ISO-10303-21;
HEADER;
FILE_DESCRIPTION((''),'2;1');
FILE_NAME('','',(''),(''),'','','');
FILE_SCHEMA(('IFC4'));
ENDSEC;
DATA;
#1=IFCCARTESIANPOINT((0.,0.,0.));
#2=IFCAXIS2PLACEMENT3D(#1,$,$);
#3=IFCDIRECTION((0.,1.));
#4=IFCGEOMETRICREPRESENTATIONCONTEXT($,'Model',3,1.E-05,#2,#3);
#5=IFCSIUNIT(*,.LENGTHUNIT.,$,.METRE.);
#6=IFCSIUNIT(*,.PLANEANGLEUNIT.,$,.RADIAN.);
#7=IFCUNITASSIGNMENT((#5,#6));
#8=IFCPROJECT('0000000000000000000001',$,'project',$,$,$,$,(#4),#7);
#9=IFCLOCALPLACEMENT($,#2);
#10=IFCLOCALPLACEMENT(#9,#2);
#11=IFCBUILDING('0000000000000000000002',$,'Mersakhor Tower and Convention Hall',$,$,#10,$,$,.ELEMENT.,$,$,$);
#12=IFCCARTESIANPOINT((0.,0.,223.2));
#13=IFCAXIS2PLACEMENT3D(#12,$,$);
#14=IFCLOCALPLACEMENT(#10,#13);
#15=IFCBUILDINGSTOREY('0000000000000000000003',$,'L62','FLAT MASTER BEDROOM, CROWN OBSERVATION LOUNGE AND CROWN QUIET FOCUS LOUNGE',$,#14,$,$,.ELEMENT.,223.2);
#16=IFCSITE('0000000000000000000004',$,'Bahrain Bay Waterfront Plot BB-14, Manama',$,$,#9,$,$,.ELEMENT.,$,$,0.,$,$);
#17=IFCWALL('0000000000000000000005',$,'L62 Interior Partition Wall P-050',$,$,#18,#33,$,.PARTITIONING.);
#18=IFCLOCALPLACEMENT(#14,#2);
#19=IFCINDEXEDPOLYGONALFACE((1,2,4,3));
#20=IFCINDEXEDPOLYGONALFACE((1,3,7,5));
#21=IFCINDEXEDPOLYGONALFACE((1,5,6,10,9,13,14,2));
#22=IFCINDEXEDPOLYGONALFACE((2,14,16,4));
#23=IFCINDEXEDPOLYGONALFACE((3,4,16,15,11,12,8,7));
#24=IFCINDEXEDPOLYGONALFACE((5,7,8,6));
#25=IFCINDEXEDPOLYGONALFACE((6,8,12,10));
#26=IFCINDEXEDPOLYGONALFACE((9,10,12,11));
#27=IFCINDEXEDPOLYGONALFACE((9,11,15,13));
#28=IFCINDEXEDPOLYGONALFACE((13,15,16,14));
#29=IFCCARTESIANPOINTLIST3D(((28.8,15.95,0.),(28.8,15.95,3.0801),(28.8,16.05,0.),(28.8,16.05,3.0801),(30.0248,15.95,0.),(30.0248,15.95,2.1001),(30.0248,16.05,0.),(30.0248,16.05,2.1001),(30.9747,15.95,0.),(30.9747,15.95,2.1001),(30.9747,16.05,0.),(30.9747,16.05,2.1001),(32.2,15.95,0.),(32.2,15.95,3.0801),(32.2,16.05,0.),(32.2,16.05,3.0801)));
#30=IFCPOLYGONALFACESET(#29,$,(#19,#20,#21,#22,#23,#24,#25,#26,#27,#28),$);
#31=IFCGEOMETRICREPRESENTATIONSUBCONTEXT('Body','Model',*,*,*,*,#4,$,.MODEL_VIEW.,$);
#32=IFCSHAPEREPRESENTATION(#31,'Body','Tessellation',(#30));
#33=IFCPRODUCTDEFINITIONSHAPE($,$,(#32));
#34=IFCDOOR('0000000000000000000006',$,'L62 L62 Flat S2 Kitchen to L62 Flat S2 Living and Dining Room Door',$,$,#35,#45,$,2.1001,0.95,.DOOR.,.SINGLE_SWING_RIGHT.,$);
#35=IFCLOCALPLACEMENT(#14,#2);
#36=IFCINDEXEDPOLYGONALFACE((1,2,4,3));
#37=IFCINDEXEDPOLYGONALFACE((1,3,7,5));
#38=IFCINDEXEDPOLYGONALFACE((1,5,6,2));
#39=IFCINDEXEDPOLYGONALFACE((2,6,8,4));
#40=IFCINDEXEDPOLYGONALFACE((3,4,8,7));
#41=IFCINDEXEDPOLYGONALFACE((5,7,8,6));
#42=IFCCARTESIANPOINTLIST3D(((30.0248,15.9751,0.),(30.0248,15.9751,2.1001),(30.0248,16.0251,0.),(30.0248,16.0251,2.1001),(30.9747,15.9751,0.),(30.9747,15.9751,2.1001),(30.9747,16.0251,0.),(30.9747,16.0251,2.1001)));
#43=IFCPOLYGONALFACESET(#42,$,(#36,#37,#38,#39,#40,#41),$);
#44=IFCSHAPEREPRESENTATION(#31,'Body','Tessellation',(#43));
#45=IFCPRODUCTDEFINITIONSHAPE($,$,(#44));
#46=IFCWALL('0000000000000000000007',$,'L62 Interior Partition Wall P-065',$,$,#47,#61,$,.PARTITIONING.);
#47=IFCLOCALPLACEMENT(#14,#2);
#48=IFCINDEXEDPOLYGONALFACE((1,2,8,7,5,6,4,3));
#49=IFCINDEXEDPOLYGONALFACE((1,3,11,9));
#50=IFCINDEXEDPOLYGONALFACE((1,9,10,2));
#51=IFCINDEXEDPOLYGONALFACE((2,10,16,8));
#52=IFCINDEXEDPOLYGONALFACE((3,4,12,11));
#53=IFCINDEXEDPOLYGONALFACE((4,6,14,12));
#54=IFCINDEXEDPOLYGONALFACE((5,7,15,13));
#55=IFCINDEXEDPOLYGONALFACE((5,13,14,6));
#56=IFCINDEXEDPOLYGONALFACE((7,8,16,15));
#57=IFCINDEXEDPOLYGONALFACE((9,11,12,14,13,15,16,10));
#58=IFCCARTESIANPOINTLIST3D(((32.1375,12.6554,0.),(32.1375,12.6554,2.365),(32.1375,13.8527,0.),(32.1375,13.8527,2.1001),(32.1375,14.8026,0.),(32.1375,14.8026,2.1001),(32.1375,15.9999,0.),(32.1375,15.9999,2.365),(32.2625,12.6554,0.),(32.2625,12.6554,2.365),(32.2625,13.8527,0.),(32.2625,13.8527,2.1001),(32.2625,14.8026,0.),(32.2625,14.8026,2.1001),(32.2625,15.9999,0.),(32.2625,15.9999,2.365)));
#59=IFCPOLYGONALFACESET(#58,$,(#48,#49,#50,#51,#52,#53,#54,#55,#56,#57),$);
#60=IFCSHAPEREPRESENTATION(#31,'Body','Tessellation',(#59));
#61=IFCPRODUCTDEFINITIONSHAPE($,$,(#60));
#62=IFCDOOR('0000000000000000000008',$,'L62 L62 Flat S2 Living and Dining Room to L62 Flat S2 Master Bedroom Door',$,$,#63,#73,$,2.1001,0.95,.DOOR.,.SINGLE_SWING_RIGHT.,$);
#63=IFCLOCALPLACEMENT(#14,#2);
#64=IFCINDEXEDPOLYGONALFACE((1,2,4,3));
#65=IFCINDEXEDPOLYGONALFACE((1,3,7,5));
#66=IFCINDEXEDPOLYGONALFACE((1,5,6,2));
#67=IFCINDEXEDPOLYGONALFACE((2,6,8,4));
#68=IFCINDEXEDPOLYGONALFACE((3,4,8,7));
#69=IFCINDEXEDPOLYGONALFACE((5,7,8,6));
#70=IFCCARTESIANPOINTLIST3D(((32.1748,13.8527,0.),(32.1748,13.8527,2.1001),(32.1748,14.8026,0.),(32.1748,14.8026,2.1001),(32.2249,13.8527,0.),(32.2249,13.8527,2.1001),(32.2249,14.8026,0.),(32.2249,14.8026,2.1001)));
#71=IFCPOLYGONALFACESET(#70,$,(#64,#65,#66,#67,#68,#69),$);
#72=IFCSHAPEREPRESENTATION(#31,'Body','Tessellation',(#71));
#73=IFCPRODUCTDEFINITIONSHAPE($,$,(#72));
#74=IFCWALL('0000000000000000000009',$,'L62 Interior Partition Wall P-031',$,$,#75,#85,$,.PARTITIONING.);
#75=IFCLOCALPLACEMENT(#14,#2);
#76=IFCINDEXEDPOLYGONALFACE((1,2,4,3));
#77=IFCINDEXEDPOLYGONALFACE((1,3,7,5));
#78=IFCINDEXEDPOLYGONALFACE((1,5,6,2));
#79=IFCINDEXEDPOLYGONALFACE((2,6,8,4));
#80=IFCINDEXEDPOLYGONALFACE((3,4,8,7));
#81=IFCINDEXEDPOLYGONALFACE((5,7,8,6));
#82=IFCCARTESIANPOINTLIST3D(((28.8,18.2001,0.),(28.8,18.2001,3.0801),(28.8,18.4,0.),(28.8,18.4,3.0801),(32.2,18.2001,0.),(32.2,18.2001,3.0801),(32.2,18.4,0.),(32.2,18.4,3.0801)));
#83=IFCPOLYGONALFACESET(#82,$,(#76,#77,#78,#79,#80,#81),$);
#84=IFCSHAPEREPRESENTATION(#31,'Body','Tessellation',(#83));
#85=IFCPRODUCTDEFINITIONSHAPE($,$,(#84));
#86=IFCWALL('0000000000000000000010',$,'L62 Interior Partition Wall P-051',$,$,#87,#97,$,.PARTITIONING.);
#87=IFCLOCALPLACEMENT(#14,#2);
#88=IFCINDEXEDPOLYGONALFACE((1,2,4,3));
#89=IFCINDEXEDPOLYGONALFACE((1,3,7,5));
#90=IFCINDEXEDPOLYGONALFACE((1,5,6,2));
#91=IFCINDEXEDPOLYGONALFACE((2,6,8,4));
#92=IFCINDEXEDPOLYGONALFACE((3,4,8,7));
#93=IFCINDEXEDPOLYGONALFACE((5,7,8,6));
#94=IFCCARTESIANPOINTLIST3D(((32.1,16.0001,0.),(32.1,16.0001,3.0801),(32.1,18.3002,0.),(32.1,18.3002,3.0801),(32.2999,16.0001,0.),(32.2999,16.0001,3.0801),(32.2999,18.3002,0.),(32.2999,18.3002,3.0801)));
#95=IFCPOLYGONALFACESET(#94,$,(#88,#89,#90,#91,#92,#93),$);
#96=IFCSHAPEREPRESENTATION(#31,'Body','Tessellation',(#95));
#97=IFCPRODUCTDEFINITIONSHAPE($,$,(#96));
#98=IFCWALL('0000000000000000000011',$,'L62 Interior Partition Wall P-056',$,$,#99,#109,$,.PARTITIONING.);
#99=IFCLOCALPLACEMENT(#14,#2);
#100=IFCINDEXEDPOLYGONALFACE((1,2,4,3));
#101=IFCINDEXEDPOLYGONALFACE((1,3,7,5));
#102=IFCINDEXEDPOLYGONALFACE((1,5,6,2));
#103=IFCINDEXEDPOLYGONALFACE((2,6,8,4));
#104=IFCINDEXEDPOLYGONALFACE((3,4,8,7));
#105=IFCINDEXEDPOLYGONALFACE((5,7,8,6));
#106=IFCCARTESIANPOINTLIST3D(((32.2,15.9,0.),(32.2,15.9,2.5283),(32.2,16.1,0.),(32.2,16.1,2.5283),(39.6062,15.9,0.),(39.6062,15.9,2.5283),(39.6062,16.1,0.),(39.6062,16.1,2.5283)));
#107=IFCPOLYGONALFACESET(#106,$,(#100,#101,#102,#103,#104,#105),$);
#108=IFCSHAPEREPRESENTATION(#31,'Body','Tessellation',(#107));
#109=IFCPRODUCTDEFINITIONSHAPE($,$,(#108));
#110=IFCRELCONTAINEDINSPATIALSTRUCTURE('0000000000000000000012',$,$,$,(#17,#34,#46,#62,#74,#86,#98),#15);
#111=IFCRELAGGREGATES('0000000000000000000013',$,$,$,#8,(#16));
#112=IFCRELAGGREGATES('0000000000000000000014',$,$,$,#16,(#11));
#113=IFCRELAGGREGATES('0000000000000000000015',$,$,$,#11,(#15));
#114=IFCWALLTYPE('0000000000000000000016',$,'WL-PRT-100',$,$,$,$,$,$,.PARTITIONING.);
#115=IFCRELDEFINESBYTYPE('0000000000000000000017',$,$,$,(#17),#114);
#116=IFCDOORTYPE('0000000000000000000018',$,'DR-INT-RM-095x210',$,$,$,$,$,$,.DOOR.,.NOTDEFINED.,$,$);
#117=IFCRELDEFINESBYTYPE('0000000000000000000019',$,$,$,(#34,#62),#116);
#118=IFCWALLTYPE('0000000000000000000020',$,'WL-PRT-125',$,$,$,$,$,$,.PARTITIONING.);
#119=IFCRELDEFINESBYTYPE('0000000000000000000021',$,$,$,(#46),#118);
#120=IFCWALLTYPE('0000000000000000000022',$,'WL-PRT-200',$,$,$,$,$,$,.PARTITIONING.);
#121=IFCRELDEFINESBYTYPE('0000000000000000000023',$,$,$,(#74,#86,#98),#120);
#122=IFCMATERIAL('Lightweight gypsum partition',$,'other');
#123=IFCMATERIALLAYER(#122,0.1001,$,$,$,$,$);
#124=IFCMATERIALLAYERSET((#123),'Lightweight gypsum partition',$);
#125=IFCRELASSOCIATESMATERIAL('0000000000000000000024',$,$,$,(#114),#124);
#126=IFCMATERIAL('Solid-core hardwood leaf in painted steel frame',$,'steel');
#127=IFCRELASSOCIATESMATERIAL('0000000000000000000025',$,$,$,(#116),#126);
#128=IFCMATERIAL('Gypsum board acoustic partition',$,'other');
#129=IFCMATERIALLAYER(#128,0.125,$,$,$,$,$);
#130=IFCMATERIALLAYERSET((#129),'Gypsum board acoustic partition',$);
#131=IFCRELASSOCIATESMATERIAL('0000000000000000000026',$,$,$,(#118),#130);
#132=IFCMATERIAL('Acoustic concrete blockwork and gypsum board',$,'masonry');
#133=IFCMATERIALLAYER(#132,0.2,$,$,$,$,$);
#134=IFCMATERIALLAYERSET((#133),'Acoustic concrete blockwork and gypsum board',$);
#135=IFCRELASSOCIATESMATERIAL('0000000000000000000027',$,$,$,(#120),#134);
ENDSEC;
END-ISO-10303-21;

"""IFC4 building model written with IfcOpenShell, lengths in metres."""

from ifc_helpers import new_model, si_unit, direction, frame, frame_2d, origin, place, context, subcontext, project, spatial, rectangle, extrude, material, layer, layer_set, type_object, element, fill, save


model = new_model("IFC4")

# Units and contexts
model_context = context("Model", 3, precision=1e-05, world=origin(), true_north=direction((0.0, 1.0)))
body_context = subcontext(model_context, "Body", "Model", "MODEL_VIEW")
ifc_project = project(units=[si_unit("LENGTHUNIT", "METRE"), si_unit("PLANEANGLEUNIT", "RADIAN")], contexts=[model_context])

# Site, building, storey
site_placement = place(None, origin())
site = spatial("IfcSite", under=ifc_project, at=site_placement, Name="Bahrain Bay Waterfront Plot BB-14, Manama", CompositionType="ELEMENT", RefElevation=0.0)
building_placement = place(site_placement, origin())
building = spatial("IfcBuilding", under=site, at=building_placement, Name="Mersakhor Tower and Convention Hall", CompositionType="ELEMENT")
storey_placement = place(building_placement, frame((0.0, 0.0, 223.2)))
storey = spatial("IfcBuildingStorey", under=building, at=storey_placement, Name="L62", Description="FLAT MASTER BEDROOM, CROWN OBSERVATION LOUNGE AND CROWN QUIET FOCUS LOUNGE", CompositionType="ELEMENT", Elevation=223.2)

# Walls, openings, doors
ifc_material_1 = material(Name="Lightweight gypsum partition", Category="other")
ifc_layer_1 = layer(ifc_material_1, 0.1001)
ifc_layer_set_1 = layer_set([ifc_layer_1], Name="Lightweight gypsum partition")
wall_type_1 = type_object("IfcWallType", Name="WL-PRT-100", PredefinedType="PARTITIONING", material=ifc_layer_set_1)
wall_1_placement = place(storey_placement, frame((32.2, 16.0, 0.0), z_axis=(0.0, 0.0, 1.0), x_axis=(-1.0, 0.0, 0.0)))
wall_1 = element("IfcWall", 1, at=wall_1_placement, inside=storey, type_object=wall_type_1, Name="L62 Interior Partition Wall P-050", PredefinedType="PARTITIONING", context=body_context, shape_type="SweptSolid", body=[
    extrude(rectangle(XDim=3.3999, YDim=0.1001, at=frame_2d((1.7, 0.0))), origin(), (0.0, 0.0, 1.0), 3.0801),
])
opening_1_placement = place(wall_1_placement, frame((1.2251, 0.0, 0.0)))
opening_1 = element("IfcOpeningElement", 2, at=opening_1_placement, cuts=wall_1, PredefinedType="OPENING", context=body_context, shape_type="SweptSolid", body=[
    extrude(rectangle(XDim=0.95, YDim=2.1001, at=frame_2d((0.4751, 1.05))), frame((0.0, 0.0601, 0.0), z_axis=(0.0, -1.0, 0.0), x_axis=(1.0, 0.0, 0.0)), (0.0, 0.0, 1.0), 0.1201),
])
ifc_material_2 = material(Name="Solid-core hardwood leaf in painted steel frame", Category="steel")
door_type_1 = type_object("IfcDoorType", Name="DR-INT-RM-095x210", OperationType="NOTDEFINED", PredefinedType="DOOR", material=ifc_material_2)
door_1_placement = place(opening_1_placement, origin())
door_1 = element("IfcDoor", 3, at=door_1_placement, inside=storey, type_object=door_type_1, Name="L62 L62 Flat S2 Kitchen to L62 Flat S2 Living and Dining Room Door", OperationType="SINGLE_SWING_RIGHT", OverallHeight=2.1001, OverallWidth=0.95, PredefinedType="DOOR", context=body_context, shape_type="SweptSolid", body=[
    extrude(rectangle(XDim=0.95, YDim=2.1001, at=frame_2d((0.4751, 1.05))), frame((0.0, 0.0249, 0.0), z_axis=(0.0, -1.0, 0.0), x_axis=(1.0, 0.0, 0.0)), (0.0, 0.0, 1.0), 0.05),
])
fill(opening_1, door_1)
ifc_material_3 = material(Name="Gypsum board acoustic partition", Category="other")
ifc_layer_2 = layer(ifc_material_3, 0.125)
ifc_layer_set_2 = layer_set([ifc_layer_2], Name="Gypsum board acoustic partition")
wall_type_2 = type_object("IfcWallType", Name="WL-PRT-125", PredefinedType="PARTITIONING", material=ifc_layer_set_2)
wall_2_placement = place(storey_placement, frame((32.2, 16.0, 0.0), z_axis=(0.0, 0.0, 1.0), x_axis=(0.0, -1.0, 0.0)))
wall_2 = element("IfcWall", 4, at=wall_2_placement, inside=storey, type_object=wall_type_2, Name="L62 Interior Partition Wall P-065", PredefinedType="PARTITIONING", context=body_context, shape_type="SweptSolid", body=[
    extrude(rectangle(XDim=3.3445, YDim=0.125, at=frame_2d((1.6724, 0.0))), origin(), (0.0, 0.0, 1.0), 2.365),
])
opening_2_placement = place(wall_2_placement, frame((1.1973, 0.0, 0.0)))
opening_2 = element("IfcOpeningElement", 5, at=opening_2_placement, cuts=wall_2, PredefinedType="OPENING", context=body_context, shape_type="SweptSolid", body=[
    extrude(rectangle(XDim=0.95, YDim=2.1001, at=frame_2d((0.4751, 1.05))), frame((0.0, 0.0725, 0.0), z_axis=(0.0, -1.0, 0.0), x_axis=(1.0, 0.0, 0.0)), (0.0, 0.0, 1.0), 0.145),
])
door_2_placement = place(opening_2_placement, origin())
door_2 = element("IfcDoor", 6, at=door_2_placement, inside=storey, type_object=door_type_1, Name="L62 L62 Flat S2 Living and Dining Room to L62 Flat S2 Master Bedroom Door", OperationType="SINGLE_SWING_RIGHT", OverallHeight=2.1001, OverallWidth=0.95, PredefinedType="DOOR", context=body_context, shape_type="SweptSolid", body=[
    extrude(rectangle(XDim=0.95, YDim=2.1001, at=frame_2d((0.4751, 1.05))), frame((0.0, 0.0249, 0.0), z_axis=(0.0, -1.0, 0.0), x_axis=(1.0, 0.0, 0.0)), (0.0, 0.0, 1.0), 0.05),
])
fill(opening_2, door_2)
ifc_material_4 = material(Name="Acoustic concrete blockwork and gypsum board", Category="masonry")
ifc_layer_3 = layer(ifc_material_4, 0.2)
ifc_layer_set_3 = layer_set([ifc_layer_3], Name="Acoustic concrete blockwork and gypsum board")
wall_type_3 = type_object("IfcWallType", Name="WL-PRT-200", PredefinedType="PARTITIONING", material=ifc_layer_set_3)

# Walls
wall_3_placement = place(storey_placement, frame((32.2, 18.3, 0.0), z_axis=(0.0, 0.0, 1.0), x_axis=(-1.0, 0.0, 0.0)))
element("IfcWall", 7, at=wall_3_placement, inside=storey, type_object=wall_type_3, Name="L62 Interior Partition Wall P-031", PredefinedType="PARTITIONING", context=body_context, shape_type="SweptSolid", body=[
    extrude(rectangle(XDim=3.3999, YDim=0.2, at=frame_2d((1.7, 0.0))), origin(), (0.0, 0.0, 1.0), 3.0801),
])
wall_4_placement = place(storey_placement, frame((32.2, 18.3, 0.0), z_axis=(0.0, 0.0, 1.0), x_axis=(0.0, -1.0, 0.0)))
element("IfcWall", 8, at=wall_4_placement, inside=storey, type_object=wall_type_3, Name="L62 Interior Partition Wall P-051", PredefinedType="PARTITIONING", context=body_context, shape_type="SweptSolid", body=[
    extrude(rectangle(XDim=2.3, YDim=0.2, at=frame_2d((1.1499, 0.0))), origin(), (0.0, 0.0, 1.0), 3.0801),
])
wall_5_placement = place(storey_placement, frame((39.6062, 16.0, 0.0), z_axis=(0.0, 0.0, 1.0), x_axis=(-1.0, 0.0, 0.0)))
element("IfcWall", 9, at=wall_5_placement, inside=storey, type_object=wall_type_3, Name="L62 Interior Partition Wall P-056", PredefinedType="PARTITIONING", context=body_context, shape_type="SweptSolid", body=[
    extrude(rectangle(XDim=7.4062, YDim=0.2, at=frame_2d((3.7031, 0.0))), origin(), (0.0, 0.0, 1.0), 2.5283),
])

save(model, "model.ifc")
